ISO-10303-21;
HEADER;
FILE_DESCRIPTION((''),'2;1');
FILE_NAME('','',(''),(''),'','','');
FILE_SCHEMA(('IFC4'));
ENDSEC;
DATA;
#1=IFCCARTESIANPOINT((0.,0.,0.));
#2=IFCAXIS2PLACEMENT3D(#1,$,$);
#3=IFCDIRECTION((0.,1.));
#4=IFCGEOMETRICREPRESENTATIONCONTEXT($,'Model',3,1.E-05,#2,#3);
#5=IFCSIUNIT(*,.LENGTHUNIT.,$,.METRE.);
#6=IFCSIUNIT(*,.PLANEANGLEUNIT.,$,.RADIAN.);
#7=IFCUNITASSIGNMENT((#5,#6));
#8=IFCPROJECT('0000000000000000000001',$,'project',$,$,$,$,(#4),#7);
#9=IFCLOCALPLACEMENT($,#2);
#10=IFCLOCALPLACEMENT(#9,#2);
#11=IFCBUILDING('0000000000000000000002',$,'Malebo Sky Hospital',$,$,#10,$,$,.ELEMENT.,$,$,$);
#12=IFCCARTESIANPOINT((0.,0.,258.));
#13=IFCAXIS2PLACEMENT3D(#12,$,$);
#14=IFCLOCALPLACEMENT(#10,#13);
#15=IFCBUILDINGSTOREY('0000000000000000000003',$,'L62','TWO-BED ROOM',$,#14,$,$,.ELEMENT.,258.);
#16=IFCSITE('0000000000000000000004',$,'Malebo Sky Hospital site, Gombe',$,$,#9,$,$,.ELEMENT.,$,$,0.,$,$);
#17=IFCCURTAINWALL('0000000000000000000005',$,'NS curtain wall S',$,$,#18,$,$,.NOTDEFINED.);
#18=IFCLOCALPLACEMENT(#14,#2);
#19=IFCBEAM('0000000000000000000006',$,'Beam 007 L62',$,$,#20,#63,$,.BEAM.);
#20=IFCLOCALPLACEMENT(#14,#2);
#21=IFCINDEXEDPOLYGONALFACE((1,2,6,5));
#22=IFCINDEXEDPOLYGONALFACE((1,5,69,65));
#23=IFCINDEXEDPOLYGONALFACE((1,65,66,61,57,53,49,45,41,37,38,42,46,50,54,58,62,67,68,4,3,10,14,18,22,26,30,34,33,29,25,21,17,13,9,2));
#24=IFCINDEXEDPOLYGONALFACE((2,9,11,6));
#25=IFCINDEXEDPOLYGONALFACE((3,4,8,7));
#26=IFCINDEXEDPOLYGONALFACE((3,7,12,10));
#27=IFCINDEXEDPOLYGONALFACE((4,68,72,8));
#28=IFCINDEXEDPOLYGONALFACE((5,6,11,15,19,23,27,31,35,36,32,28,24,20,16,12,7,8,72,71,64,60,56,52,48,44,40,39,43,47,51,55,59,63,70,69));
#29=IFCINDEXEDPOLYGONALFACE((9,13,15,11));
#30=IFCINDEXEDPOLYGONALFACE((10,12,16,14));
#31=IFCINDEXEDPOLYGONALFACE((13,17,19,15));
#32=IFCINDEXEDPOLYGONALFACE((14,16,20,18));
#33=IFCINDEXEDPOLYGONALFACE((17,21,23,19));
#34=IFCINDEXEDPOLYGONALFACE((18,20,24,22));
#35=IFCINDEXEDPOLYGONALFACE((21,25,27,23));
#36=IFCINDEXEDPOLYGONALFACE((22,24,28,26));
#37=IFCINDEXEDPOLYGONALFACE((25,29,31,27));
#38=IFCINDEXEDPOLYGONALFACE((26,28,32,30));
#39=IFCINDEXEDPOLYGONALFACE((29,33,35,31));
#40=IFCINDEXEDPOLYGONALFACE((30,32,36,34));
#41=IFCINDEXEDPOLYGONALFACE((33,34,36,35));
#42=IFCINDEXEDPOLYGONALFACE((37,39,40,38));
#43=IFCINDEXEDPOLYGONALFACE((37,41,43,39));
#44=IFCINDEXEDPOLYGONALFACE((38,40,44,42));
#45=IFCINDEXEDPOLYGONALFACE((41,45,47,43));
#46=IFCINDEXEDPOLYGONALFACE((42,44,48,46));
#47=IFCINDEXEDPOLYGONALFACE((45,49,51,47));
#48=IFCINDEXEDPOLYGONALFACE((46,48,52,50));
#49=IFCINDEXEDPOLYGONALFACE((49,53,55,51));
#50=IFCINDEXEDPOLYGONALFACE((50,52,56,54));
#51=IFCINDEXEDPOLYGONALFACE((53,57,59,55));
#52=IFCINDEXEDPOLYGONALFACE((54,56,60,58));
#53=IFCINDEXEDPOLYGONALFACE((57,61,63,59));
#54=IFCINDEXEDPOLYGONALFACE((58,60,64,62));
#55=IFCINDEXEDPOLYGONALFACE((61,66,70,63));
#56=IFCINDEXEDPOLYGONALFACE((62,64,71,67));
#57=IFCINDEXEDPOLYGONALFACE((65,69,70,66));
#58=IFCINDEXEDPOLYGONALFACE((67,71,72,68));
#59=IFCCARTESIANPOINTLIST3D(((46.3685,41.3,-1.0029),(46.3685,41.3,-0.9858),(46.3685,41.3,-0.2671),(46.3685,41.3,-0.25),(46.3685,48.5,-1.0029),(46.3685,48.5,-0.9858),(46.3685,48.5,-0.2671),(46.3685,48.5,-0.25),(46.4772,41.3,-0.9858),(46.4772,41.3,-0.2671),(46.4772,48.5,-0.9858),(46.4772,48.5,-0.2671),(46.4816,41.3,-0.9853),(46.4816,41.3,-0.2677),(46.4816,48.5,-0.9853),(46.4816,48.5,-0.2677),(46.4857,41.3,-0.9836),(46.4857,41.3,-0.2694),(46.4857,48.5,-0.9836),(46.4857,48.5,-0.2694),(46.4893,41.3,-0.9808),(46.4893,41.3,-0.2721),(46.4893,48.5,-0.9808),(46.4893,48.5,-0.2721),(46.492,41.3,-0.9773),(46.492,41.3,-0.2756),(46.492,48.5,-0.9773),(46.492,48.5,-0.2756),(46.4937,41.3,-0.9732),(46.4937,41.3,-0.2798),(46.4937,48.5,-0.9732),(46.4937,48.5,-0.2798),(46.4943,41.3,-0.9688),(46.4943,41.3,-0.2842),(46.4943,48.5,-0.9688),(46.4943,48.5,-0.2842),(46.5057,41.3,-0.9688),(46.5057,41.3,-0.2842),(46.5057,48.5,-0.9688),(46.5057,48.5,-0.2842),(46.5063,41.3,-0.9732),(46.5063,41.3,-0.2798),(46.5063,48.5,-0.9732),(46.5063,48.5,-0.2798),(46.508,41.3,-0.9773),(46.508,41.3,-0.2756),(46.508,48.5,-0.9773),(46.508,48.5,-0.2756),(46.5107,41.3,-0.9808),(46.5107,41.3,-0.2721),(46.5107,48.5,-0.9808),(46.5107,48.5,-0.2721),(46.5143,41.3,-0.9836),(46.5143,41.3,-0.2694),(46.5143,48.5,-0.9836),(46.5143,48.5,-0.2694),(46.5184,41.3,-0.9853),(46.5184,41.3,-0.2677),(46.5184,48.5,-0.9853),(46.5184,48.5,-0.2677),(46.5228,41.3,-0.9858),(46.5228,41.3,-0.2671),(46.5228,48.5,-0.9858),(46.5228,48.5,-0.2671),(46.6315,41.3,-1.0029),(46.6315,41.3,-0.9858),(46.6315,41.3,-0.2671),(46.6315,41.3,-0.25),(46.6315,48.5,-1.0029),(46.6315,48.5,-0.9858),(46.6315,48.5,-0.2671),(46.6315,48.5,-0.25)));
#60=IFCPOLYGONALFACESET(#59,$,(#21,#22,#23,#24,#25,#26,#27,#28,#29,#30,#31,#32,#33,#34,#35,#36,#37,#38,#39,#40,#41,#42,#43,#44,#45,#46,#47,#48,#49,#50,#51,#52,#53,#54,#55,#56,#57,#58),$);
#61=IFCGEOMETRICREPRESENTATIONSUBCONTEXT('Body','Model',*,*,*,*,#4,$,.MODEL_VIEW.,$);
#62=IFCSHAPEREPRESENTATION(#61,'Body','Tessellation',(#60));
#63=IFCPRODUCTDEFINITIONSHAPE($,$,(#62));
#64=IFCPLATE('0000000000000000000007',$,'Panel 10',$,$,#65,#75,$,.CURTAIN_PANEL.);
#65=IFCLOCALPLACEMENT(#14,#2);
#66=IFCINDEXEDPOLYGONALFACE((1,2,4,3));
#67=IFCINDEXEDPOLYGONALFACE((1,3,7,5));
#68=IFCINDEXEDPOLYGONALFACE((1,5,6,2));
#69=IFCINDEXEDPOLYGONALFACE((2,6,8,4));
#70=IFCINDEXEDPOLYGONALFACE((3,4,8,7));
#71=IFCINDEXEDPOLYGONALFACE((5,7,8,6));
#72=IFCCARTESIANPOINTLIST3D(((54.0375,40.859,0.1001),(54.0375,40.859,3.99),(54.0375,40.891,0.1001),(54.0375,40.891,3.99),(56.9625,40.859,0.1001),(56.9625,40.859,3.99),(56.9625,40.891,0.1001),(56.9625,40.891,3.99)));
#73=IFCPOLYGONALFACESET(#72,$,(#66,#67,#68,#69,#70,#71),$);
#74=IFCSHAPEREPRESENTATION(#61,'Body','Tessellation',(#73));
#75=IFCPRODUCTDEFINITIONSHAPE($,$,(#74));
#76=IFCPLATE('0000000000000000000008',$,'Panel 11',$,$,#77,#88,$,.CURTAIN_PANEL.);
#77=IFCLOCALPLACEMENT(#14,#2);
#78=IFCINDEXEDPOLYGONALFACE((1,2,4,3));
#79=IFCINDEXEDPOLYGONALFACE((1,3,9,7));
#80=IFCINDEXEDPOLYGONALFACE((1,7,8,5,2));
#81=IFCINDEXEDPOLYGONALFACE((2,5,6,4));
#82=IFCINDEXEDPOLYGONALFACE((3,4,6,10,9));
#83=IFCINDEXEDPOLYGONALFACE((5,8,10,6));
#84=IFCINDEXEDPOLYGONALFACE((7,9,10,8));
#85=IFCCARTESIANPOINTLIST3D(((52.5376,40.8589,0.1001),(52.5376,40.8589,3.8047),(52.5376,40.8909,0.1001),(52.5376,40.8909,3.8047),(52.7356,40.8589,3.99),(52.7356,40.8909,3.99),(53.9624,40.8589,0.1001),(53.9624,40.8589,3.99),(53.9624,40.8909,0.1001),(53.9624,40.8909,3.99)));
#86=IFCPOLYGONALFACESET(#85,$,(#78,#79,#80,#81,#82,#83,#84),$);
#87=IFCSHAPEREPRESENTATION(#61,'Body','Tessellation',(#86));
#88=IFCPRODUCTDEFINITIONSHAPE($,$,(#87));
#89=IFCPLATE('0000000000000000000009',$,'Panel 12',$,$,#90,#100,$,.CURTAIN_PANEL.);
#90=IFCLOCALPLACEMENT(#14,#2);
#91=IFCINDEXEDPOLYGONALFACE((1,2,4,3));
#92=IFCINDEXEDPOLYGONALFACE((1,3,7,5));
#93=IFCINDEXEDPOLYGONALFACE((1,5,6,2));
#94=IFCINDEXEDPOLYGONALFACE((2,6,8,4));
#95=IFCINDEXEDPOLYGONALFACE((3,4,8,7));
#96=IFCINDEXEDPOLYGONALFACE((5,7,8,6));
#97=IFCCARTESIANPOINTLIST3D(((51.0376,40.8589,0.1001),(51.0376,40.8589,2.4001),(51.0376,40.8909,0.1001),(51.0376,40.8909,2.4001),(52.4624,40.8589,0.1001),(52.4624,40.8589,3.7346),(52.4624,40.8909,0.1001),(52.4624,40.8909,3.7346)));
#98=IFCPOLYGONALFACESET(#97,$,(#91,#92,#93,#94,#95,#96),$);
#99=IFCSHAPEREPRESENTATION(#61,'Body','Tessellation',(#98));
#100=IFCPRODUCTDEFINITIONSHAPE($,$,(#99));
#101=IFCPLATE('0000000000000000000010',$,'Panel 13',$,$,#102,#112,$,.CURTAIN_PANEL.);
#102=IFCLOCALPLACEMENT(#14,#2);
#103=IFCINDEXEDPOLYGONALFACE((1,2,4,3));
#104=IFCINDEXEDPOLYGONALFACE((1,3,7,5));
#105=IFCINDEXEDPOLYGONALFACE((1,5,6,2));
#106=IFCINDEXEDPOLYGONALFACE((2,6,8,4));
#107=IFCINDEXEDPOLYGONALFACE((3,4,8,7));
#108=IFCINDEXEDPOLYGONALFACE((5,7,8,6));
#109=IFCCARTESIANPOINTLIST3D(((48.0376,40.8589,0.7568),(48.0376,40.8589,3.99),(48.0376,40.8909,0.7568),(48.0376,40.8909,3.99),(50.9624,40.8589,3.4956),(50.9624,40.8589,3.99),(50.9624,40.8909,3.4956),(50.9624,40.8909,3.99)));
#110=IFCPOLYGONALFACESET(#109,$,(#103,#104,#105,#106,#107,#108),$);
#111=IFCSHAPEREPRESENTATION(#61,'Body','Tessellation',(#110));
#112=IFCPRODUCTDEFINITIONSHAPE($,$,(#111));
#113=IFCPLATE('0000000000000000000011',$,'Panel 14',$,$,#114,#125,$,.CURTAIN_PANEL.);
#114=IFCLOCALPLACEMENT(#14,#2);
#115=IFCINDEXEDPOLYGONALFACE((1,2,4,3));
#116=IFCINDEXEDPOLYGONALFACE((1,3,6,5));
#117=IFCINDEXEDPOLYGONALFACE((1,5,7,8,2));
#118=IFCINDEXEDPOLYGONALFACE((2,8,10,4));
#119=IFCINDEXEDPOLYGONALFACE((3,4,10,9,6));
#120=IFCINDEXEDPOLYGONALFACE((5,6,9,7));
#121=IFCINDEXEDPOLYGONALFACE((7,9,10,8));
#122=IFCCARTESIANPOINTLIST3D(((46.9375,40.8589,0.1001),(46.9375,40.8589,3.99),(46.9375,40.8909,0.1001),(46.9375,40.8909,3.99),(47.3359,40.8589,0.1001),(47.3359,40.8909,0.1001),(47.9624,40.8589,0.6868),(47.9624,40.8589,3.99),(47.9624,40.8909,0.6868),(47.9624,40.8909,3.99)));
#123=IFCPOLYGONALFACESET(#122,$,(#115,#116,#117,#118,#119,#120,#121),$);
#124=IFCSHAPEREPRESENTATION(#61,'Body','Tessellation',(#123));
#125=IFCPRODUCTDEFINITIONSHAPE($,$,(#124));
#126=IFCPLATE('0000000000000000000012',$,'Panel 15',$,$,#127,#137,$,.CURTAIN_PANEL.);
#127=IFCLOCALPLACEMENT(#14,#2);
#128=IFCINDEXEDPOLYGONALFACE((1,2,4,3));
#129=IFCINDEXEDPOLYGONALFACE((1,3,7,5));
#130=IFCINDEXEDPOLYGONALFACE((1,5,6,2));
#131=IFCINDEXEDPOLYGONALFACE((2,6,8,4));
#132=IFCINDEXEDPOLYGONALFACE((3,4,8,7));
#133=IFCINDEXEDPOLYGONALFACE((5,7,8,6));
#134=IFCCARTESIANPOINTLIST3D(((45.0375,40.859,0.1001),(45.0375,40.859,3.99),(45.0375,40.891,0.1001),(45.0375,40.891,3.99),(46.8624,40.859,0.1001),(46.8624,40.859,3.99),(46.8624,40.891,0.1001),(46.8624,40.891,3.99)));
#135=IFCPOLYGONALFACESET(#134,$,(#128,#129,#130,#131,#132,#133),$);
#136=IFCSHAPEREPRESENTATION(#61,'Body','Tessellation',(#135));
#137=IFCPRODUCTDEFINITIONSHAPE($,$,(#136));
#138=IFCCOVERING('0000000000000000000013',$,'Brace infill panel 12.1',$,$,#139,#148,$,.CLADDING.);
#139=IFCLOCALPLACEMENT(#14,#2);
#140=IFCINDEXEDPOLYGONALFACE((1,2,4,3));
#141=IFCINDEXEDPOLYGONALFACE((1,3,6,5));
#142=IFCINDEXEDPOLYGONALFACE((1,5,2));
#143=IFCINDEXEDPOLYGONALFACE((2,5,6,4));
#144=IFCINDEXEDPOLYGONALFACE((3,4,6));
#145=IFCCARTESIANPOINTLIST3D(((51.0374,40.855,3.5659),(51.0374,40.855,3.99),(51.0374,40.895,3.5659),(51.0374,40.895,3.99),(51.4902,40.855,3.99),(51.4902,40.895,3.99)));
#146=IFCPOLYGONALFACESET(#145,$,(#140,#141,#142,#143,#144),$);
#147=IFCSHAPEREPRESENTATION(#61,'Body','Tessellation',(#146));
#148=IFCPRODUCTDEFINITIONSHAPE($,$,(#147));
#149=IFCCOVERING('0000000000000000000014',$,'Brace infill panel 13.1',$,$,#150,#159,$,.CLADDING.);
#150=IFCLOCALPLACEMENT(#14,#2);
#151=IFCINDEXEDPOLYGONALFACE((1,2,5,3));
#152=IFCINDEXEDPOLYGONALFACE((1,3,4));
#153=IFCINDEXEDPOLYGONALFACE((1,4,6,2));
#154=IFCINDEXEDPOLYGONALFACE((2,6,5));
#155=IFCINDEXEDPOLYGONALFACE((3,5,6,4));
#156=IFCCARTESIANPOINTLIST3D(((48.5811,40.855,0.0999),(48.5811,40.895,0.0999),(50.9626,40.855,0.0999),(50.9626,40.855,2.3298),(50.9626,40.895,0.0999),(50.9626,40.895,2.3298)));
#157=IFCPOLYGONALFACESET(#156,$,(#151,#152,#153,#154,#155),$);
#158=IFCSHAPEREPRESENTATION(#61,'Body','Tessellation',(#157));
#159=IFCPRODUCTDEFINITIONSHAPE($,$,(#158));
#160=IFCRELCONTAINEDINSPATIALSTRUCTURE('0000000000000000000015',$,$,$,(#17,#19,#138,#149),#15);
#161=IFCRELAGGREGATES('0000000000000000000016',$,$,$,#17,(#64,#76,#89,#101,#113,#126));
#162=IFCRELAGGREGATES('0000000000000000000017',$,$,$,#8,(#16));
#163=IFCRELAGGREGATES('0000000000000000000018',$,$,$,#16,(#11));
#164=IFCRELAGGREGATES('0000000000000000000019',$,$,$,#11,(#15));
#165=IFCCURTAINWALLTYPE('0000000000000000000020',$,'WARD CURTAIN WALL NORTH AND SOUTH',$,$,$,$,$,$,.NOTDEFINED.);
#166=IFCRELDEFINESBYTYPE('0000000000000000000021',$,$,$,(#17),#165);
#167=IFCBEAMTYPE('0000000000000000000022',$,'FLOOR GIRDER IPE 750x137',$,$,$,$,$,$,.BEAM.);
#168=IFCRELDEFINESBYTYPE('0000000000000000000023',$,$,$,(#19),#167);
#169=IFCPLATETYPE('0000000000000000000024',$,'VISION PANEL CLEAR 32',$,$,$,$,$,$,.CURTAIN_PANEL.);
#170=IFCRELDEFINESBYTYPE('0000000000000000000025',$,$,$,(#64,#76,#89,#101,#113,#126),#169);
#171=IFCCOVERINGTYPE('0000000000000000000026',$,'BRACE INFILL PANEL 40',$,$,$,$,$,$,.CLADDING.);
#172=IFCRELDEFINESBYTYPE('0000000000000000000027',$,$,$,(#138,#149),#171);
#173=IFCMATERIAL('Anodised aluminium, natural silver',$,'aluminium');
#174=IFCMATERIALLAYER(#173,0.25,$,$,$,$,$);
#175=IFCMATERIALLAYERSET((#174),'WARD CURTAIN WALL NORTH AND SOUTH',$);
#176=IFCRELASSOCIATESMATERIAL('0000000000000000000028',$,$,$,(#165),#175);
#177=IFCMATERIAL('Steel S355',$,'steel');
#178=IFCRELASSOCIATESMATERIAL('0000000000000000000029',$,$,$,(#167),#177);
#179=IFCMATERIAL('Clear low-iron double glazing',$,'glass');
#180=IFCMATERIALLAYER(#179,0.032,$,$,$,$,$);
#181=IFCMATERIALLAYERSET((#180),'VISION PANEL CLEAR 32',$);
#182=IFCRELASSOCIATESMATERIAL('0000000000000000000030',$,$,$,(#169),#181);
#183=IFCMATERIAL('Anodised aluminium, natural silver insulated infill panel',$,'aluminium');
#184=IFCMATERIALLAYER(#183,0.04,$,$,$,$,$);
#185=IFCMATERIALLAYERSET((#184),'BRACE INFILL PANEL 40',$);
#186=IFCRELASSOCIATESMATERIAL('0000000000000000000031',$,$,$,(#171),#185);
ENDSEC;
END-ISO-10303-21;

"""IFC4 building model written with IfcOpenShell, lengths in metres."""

from ifc_helpers import new_model, si_unit, direction, frame, origin, origin_2d, place, context, subcontext, project, spatial, polyline, rectangle, i_section, outline, extrude, material, layer, layer_set, material_profile, profile_set, type_object, element, aggregate, save


model = new_model("IFC4")

# Units and contexts
model_context = context("Model", 3, precision=1e-05, world=origin(), true_north=direction((0.0, 1.0)))
body_context = subcontext(model_context, "Body", "Model", "MODEL_VIEW")
ifc_project = project(units=[si_unit("LENGTHUNIT", "METRE"), si_unit("PLANEANGLEUNIT", "RADIAN")], contexts=[model_context])

# Site, building, storey
site_placement = place(None, origin())
site = spatial("IfcSite", under=ifc_project, at=site_placement, Name="Malebo Sky Hospital site, Gombe", CompositionType="ELEMENT", RefElevation=0.0)
building_placement = place(site_placement, origin())
building = spatial("IfcBuilding", under=site, at=building_placement, Name="Malebo Sky Hospital", CompositionType="ELEMENT")
storey_placement = place(building_placement, frame((0.0, 0.0, 258.0)))
storey = spatial("IfcBuildingStorey", under=building, at=storey_placement, Name="L62", Description="TWO-BED ROOM", CompositionType="ELEMENT", Elevation=258.0)

# Curtain wall
ifc_material_1 = material(Name="Anodised aluminium, natural silver", Category="aluminium")
ifc_layer_1 = layer(ifc_material_1, 0.25)
ifc_layer_set_1 = layer_set([ifc_layer_1], Name="WARD CURTAIN WALL NORTH AND SOUTH")
curtain_wall_type = type_object("IfcCurtainWallType", Name="WARD CURTAIN WALL NORTH AND SOUTH", PredefinedType="NOTDEFINED", material=ifc_layer_set_1)
curtain_wall_placement = place(storey_placement, origin())
curtain_wall = element("IfcCurtainWall", 1, at=curtain_wall_placement, inside=storey, type_object=curtain_wall_type, Name="NS curtain wall S", PredefinedType="NOTDEFINED")

# Shared definitions
ifc_material_2 = material(Name="Steel S355", Category="steel")

# Beam
ifc_material_profile_1 = material_profile(ifc_material_2, i_section(OverallWidth=0.2629, OverallDepth=0.7529, WebThickness=0.0115, FlangeThickness=0.0171, FilletRadius=0.0171, at=origin_2d()), Name="IPE 750x137")
ifc_profile_set_1 = profile_set([ifc_material_profile_1], Name="Steel S355")
beam_type_1 = type_object("IfcBeamType", Name="FLOOR GIRDER IPE 750x137", PredefinedType="BEAM", material=ifc_profile_set_1)
beam_1_placement = place(storey_placement, frame((46.5, 41.3, -0.6265), z_axis=(0.0, 1.0, 0.0), x_axis=(-1.0, 0.0, 0.0)))
element("IfcBeam", 2, at=beam_1_placement, inside=storey, type_object=beam_type_1, Name="Beam 007 L62", PredefinedType="BEAM", context=body_context, shape_type="SweptSolid", body=[
    extrude(i_section(OverallWidth=0.2629, OverallDepth=0.7529, WebThickness=0.0115, FlangeThickness=0.0171, FilletRadius=0.0171, at=origin_2d()), origin(), (0.0, 0.0, 1.0), 7.2),
])

# Plates
ifc_material_3 = material(Name="Clear low-iron double glazing", Category="glass")
ifc_layer_2 = layer(ifc_material_3, 0.032)
ifc_layer_set_2 = layer_set([ifc_layer_2], Name="VISION PANEL CLEAR 32")
plate_type = type_object("IfcPlateType", Name="VISION PANEL CLEAR 32", PredefinedType="CURTAIN_PANEL", material=ifc_layer_set_2)
plate_1_placement = place(storey_placement, frame((55.5, 40.875, 0.1001), z_axis=(0.0, 0.0, 1.0), x_axis=(-1.0, 0.0, 0.0)))
plate_1 = element("IfcPlate", 3, at=plate_1_placement, type_object=plate_type, Name="Panel 10", PredefinedType="CURTAIN_PANEL", context=body_context, shape_type="SweptSolid", body=[
    extrude(rectangle(XDim=2.925, YDim=0.032, at=origin_2d()), origin(), (0.0, 0.0, 1.0), 3.8899),
])
plate_2_placement = place(storey_placement, frame((53.25, 40.875, 0.1001), z_axis=(0.0, 0.0, 1.0), x_axis=(-1.0, 0.0, 0.0)))
plate_2 = element("IfcPlate", 4, at=plate_2_placement, type_object=plate_type, Name="Panel 11", PredefinedType="CURTAIN_PANEL", context=body_context, shape_type="SweptSolid", body=[
    extrude(outline(polyline([(-0.7124, 0.0), (0.7124, 0.0), (0.7124, 3.7046), (0.5144, 3.8899), (-0.7124, 3.8899), (-0.7124, 0.0)])), frame((0.0, 0.0161, 0.0), z_axis=(0.0, -1.0, 0.0), x_axis=(1.0, 0.0, 0.0)), (0.0, 0.0, 1.0), 0.032),
])
plate_3_placement = place(storey_placement, frame((51.75, 40.875, 0.1001), z_axis=(0.0, 0.0, 1.0), x_axis=(-1.0, 0.0, 0.0)))
plate_3 = element("IfcPlate", 5, at=plate_3_placement, type_object=plate_type, Name="Panel 12", PredefinedType="CURTAIN_PANEL", context=body_context, shape_type="SweptSolid", body=[
    extrude(outline(polyline([(-0.7124, 0.0), (0.7124, 0.0), (0.7124, 2.3), (-0.7124, 3.6345), (-0.7124, 0.0)])), frame((0.0, 0.0161, 0.0), z_axis=(0.0, -1.0, 0.0), x_axis=(1.0, 0.0, 0.0)), (0.0, 0.0, 1.0), 0.032),
])
plate_4_placement = place(storey_placement, frame((49.5, 40.875, 0.7568), z_axis=(0.0, 0.0, 1.0), x_axis=(-1.0, 0.0, 0.0)))
plate_4 = element("IfcPlate", 6, at=plate_4_placement, type_object=plate_type, Name="Panel 13", PredefinedType="CURTAIN_PANEL", context=body_context, shape_type="SweptSolid", body=[
    extrude(outline(polyline([(1.4624, 0.0), (1.4624, 3.2332), (-1.4624, 3.2332), (-1.4624, 2.7388), (1.4624, 0.0)])), frame((0.0, 0.0161, 0.0), z_axis=(0.0, -1.0, 0.0), x_axis=(1.0, 0.0, 0.0)), (0.0, 0.0, 1.0), 0.032),
])
plate_5_placement = place(storey_placement, frame((47.45, 40.875, 0.1001), z_axis=(0.0, 0.0, 1.0), x_axis=(-1.0, 0.0, 0.0)))
plate_5 = element("IfcPlate", 7, at=plate_5_placement, type_object=plate_type, Name="Panel 14", PredefinedType="CURTAIN_PANEL", context=body_context, shape_type="SweptSolid", body=[
    extrude(outline(polyline([(0.114, 0.0), (0.5125, 0.0), (0.5125, 3.8899), (-0.5125, 3.8899), (-0.5125, 0.5867), (0.114, 0.0)])), frame((0.0, 0.0161, 0.0), z_axis=(0.0, -1.0, 0.0), x_axis=(1.0, 0.0, 0.0)), (0.0, 0.0, 1.0), 0.032),
])
plate_6_placement = place(storey_placement, frame((45.95, 40.875, 0.1001), z_axis=(0.0, 0.0, 1.0), x_axis=(-1.0, 0.0, 0.0)))
plate_6 = element("IfcPlate", 8, at=plate_6_placement, type_object=plate_type, Name="Panel 15", PredefinedType="CURTAIN_PANEL", context=body_context, shape_type="SweptSolid", body=[
    extrude(rectangle(XDim=1.825, YDim=0.032, at=origin_2d()), origin(), (0.0, 0.0, 1.0), 3.8899),
])
aggregate(curtain_wall, [plate_1, plate_2, plate_3, plate_4, plate_5, plate_6])

# Coverings
ifc_material_4 = material(Name="Anodised aluminium, natural silver insulated infill panel", Category="aluminium")
ifc_layer_3 = layer(ifc_material_4, 0.04)
ifc_layer_set_3 = layer_set([ifc_layer_3], Name="BRACE INFILL PANEL 40")
covering_type = type_object("IfcCoveringType", Name="BRACE INFILL PANEL 40", PredefinedType="CLADDING", material=ifc_layer_set_3)
covering_1_placement = place(storey_placement, frame((51.2639, 40.875, 3.5659), z_axis=(0.0, 0.0, 1.0), x_axis=(-1.0, 0.0, 0.0)))
element("IfcCovering", 9, at=covering_1_placement, inside=storey, type_object=covering_type, Name="Brace infill panel 12.1", PredefinedType="CLADDING", context=body_context, shape_type="SweptSolid", body=[
    extrude(outline(polyline([(0.2266, 0.0), (0.2266, 0.4241), (-0.2263, 0.4241), (0.2266, 0.0)])), frame((0.0, 0.02, 0.0), z_axis=(0.0, -1.0, 0.0), x_axis=(1.0, 0.0, 0.0)), (0.0, 0.0, 1.0), 0.04),
])
covering_2_placement = place(storey_placement, frame((49.7717, 40.875, 0.0999), z_axis=(0.0, 0.0, 1.0), x_axis=(-1.0, 0.0, 0.0)))
element("IfcCovering", 10, at=covering_2_placement, inside=storey, type_object=covering_type, Name="Brace infill panel 13.1", PredefinedType="CLADDING", context=body_context, shape_type="SweptSolid", body=[
    extrude(outline(polyline([(-1.1909, 0.0), (1.1907, 0.0), (-1.1909, 2.23), (-1.1909, 0.0)])), frame((0.0, 0.02, 0.0), z_axis=(0.0, -1.0, 0.0), x_axis=(1.0, 0.0, 0.0)), (0.0, 0.0, 1.0), 0.04),
])

save(model, "model.ifc")
